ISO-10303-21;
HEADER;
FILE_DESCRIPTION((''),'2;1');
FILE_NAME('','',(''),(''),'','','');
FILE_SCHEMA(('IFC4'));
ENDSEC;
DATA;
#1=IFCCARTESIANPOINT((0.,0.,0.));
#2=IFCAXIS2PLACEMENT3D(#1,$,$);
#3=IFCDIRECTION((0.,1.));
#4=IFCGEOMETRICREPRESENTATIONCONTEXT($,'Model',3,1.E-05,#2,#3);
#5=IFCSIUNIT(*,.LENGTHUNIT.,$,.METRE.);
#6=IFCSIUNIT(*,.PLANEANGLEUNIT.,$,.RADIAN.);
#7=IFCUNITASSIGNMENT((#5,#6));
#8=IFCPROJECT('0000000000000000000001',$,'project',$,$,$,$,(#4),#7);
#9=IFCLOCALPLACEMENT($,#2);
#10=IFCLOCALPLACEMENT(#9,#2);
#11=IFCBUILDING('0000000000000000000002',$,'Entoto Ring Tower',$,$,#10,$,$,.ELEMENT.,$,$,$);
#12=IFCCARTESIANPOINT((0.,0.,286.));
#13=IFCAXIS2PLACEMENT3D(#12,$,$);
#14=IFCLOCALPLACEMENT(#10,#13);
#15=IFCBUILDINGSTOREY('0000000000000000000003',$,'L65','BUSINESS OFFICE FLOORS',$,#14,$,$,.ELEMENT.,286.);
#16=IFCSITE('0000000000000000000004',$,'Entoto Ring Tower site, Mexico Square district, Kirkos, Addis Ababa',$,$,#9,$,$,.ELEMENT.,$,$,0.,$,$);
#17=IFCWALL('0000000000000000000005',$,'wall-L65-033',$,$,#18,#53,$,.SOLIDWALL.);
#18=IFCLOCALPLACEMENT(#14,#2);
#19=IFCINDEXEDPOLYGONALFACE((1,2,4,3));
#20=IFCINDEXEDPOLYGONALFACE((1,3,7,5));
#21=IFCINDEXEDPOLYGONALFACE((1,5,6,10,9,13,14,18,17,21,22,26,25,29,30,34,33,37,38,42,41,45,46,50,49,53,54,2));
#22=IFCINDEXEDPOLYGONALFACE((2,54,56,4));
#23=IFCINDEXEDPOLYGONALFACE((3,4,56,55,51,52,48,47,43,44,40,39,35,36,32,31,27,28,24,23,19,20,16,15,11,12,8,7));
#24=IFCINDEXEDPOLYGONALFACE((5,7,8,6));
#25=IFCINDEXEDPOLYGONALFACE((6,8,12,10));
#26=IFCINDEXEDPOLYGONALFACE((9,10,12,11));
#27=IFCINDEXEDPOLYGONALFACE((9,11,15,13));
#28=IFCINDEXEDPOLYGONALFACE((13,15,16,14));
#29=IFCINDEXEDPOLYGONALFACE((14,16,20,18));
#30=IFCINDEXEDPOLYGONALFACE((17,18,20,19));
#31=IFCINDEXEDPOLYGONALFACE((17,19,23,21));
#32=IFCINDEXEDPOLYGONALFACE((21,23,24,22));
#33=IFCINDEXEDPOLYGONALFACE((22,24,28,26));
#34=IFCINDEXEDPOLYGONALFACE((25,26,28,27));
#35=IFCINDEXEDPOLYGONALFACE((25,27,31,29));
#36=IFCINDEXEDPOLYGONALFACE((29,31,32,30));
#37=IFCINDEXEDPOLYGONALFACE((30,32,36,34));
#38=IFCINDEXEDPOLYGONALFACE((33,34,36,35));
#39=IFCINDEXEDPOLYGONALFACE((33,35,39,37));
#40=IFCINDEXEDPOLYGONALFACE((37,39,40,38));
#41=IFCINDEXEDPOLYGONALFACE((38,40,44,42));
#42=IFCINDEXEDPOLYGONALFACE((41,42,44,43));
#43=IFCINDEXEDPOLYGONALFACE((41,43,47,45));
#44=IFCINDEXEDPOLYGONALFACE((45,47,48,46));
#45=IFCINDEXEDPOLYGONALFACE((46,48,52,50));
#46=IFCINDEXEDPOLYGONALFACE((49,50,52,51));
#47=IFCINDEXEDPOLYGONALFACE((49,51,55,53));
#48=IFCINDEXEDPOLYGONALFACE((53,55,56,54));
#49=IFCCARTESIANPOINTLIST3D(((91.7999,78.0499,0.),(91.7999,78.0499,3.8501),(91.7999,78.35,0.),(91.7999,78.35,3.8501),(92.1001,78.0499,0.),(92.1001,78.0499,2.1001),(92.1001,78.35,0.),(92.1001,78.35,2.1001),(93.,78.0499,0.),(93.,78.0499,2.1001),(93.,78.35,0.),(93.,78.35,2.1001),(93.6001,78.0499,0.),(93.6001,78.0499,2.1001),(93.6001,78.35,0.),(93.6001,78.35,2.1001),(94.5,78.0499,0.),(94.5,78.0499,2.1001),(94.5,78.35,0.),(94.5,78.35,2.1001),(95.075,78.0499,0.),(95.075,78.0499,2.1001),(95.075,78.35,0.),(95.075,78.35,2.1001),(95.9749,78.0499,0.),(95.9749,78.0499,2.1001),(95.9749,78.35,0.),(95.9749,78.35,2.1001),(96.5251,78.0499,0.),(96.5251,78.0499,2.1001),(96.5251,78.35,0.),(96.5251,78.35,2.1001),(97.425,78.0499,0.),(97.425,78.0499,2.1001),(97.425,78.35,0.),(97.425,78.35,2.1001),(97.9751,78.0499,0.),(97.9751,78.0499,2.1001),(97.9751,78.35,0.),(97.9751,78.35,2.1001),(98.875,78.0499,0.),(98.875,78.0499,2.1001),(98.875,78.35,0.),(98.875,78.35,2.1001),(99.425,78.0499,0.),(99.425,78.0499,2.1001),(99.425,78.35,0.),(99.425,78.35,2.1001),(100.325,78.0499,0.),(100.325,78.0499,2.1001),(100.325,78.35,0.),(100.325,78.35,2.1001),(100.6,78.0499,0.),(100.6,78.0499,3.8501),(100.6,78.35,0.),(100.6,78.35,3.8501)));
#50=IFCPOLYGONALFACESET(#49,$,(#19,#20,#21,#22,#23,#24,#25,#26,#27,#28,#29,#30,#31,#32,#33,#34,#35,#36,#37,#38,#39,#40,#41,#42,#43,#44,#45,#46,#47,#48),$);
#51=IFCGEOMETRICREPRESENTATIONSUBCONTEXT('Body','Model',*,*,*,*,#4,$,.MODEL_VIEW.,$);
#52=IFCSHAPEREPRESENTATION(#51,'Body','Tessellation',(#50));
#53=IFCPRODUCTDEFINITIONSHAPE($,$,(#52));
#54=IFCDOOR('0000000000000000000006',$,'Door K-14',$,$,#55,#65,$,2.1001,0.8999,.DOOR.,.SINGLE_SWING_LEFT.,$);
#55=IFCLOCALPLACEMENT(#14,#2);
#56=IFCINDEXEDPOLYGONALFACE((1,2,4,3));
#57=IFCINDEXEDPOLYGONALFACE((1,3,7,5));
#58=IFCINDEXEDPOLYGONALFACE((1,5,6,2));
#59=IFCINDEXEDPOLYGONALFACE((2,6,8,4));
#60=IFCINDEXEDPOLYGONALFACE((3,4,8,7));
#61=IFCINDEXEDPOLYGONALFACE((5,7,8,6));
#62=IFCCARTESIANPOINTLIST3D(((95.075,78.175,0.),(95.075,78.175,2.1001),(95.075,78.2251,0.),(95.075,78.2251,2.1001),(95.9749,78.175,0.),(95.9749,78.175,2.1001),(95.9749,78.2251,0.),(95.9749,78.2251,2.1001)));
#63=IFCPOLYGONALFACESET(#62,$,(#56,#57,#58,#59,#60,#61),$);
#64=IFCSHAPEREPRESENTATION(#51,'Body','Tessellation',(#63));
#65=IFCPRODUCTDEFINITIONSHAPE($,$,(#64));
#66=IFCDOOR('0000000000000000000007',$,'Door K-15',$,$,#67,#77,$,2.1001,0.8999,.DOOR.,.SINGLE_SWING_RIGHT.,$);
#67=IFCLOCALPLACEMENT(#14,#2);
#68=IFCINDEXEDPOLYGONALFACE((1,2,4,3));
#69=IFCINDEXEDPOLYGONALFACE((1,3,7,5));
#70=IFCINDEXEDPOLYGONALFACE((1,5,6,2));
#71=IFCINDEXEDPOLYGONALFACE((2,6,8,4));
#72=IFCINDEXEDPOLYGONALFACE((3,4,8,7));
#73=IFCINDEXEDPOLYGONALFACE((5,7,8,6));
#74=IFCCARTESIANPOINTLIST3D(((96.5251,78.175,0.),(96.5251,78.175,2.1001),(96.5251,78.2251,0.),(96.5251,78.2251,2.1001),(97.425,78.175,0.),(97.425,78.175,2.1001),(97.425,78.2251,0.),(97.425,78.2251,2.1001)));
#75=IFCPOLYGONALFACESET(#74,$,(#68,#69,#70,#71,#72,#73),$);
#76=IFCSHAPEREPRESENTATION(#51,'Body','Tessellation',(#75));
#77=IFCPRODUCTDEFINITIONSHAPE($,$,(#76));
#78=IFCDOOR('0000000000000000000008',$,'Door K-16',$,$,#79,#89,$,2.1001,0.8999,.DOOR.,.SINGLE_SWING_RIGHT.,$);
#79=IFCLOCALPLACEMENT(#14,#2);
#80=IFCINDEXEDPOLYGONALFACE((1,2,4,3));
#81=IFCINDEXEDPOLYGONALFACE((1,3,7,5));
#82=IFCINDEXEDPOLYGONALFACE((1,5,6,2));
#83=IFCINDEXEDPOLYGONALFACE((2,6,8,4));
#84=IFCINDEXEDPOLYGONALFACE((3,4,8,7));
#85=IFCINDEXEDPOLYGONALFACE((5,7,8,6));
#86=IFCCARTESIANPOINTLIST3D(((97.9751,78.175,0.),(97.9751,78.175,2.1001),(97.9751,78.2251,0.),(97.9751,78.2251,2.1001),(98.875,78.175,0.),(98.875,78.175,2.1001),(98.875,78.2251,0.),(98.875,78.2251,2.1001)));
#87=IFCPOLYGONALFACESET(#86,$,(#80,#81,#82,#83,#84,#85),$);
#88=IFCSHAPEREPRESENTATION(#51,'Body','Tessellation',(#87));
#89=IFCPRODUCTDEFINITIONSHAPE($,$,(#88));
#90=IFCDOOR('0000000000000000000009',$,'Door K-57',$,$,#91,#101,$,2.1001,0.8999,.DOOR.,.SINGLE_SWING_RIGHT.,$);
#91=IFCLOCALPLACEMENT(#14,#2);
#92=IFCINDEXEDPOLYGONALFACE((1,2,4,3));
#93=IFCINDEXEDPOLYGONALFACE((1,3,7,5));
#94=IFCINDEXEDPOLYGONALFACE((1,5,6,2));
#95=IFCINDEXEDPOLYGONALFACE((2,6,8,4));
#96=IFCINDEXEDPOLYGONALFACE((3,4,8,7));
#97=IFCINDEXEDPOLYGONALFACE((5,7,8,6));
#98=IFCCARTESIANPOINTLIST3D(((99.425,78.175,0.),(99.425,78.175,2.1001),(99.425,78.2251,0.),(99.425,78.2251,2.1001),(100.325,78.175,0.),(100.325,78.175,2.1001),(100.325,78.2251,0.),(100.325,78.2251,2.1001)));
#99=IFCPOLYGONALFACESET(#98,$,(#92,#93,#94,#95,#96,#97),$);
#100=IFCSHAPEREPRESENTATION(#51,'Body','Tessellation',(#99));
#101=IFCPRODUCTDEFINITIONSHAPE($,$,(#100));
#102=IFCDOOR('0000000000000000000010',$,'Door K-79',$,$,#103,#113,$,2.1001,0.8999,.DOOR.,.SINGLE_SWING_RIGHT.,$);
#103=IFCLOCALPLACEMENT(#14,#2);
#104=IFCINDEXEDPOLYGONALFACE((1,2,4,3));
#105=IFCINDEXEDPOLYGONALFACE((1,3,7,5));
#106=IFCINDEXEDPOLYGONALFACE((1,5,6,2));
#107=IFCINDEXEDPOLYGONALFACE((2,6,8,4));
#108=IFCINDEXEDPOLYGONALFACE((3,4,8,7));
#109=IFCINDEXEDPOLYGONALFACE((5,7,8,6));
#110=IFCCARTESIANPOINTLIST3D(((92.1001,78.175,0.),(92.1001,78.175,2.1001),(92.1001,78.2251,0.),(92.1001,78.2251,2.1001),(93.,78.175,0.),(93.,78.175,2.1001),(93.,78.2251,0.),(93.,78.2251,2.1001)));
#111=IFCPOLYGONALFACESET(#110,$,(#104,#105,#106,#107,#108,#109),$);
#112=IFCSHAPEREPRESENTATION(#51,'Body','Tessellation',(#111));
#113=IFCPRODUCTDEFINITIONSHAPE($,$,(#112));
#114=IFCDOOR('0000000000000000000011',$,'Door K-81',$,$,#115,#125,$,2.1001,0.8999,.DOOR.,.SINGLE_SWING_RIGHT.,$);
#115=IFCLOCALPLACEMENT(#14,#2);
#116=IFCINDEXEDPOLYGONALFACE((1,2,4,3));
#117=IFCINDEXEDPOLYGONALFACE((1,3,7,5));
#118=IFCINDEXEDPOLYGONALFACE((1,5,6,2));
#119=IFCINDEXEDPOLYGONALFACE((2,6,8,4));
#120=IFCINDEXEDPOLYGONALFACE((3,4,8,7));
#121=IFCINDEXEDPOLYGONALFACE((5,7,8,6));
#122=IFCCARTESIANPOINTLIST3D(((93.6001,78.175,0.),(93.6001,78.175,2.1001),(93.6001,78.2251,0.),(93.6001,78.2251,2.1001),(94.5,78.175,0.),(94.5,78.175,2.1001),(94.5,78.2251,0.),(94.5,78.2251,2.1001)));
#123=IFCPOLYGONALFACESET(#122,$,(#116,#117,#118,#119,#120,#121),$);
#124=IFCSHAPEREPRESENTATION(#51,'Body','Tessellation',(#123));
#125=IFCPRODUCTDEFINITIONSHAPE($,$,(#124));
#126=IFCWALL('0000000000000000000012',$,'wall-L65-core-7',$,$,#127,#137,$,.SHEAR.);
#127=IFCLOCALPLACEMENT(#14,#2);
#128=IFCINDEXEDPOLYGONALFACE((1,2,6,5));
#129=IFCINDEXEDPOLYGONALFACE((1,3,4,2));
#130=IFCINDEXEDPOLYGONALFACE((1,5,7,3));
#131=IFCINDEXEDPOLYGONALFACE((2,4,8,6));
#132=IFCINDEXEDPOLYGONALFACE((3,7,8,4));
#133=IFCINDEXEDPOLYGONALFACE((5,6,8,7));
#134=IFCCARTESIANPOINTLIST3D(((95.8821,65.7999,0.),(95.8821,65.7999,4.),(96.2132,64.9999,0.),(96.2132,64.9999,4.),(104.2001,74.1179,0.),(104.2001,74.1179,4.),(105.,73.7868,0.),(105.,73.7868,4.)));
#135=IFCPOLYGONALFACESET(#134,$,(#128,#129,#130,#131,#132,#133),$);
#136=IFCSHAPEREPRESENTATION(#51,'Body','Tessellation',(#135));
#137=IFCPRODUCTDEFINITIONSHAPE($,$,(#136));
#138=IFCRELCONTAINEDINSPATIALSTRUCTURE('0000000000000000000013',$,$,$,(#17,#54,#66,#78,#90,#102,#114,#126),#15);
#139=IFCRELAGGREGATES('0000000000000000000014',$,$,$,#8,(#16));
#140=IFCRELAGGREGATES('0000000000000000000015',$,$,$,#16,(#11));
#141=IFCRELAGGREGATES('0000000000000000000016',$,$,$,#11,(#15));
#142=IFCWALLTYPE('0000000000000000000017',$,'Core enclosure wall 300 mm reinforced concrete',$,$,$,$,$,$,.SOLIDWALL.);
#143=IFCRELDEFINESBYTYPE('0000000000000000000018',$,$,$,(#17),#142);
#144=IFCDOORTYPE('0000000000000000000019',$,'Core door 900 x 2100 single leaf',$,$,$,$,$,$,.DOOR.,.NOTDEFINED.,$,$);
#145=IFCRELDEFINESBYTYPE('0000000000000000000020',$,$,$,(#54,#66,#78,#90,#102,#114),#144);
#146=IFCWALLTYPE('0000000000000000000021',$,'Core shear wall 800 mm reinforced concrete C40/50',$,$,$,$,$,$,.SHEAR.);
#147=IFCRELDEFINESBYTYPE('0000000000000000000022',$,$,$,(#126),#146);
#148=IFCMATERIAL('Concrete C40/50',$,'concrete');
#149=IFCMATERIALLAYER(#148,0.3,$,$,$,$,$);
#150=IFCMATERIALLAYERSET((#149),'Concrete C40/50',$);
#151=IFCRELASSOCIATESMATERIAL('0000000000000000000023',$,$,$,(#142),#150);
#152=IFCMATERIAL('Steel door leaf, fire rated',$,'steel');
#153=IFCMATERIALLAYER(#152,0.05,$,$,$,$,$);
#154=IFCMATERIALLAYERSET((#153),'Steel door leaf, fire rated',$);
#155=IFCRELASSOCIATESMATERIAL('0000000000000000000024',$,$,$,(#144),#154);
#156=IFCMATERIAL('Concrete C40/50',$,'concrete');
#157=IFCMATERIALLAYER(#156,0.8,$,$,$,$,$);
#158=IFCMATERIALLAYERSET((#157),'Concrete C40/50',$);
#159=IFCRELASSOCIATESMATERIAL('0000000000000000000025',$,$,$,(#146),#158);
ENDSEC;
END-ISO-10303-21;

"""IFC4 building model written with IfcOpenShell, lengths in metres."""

from ifc_helpers import new_model, si_unit, direction, frame, frame_2d, origin, place, context, subcontext, project, spatial, polyline, rectangle, outline, extrude, material, layer, layer_set, type_object, element, fill, save


model = new_model("IFC4")

# Units and contexts
model_context = context("Model", 3, precision=1e-05, world=origin(), true_north=direction((0.0, 1.0)))
body_context = subcontext(model_context, "Body", "Model", "MODEL_VIEW")
ifc_project = project(units=[si_unit("LENGTHUNIT", "METRE"), si_unit("PLANEANGLEUNIT", "RADIAN")], contexts=[model_context])

# Site, building, storey
site_placement = place(None, origin())
site = spatial("IfcSite", under=ifc_project, at=site_placement, Name="Entoto Ring Tower site, Mexico Square district, Kirkos, Addis Ababa", CompositionType="ELEMENT", RefElevation=0.0)
building_placement = place(site_placement, origin())
building = spatial("IfcBuilding", under=site, at=building_placement, Name="Entoto Ring Tower", CompositionType="ELEMENT")
storey_placement = place(building_placement, frame((0.0, 0.0, 286.0)))
storey = spatial("IfcBuildingStorey", under=building, at=storey_placement, Name="L65", Description="BUSINESS OFFICE FLOORS", CompositionType="ELEMENT", Elevation=286.0)

# Shared definitions
ifc_material_1 = material(Name="Concrete C40/50", Category="concrete")
ifc_layer_1 = layer(ifc_material_1, 0.3)
ifc_layer_set_1 = layer_set([ifc_layer_1], Name="Concrete C40/50")
wall_type_1 = type_object("IfcWallType", Name="Core enclosure wall 300 mm reinforced concrete", PredefinedType="SOLIDWALL", material=ifc_layer_set_1)

# Shared definitions
ifc_material_2 = material(Name="Steel door leaf, fire rated", Category="steel")
ifc_layer_2 = layer(ifc_material_2, 0.05)
ifc_layer_set_2 = layer_set([ifc_layer_2], Name="Steel door leaf, fire rated")
door_type_1 = type_object("IfcDoorType", Name="Core door 900 x 2100 single leaf", OperationType="NOTDEFINED", PredefinedType="DOOR", material=ifc_layer_set_2)

# Wall, openings, doors
wall_1_placement = place(storey_placement, frame((91.8, 78.2, 0.0), z_axis=(0.0, 0.0, 1.0), x_axis=(1.0, 0.0, 0.0)))
wall_1 = element("IfcWall", 1, at=wall_1_placement, inside=storey, type_object=wall_type_1, Name="wall-L65-033", PredefinedType="SOLIDWALL", context=body_context, shape_type="SweptSolid", body=[
    extrude(rectangle(XDim=8.8, YDim=0.3, at=frame_2d((4.3999, 0.0))), origin(), (0.0, 0.0, 1.0), 3.8501),
])
opening_1_placement = place(wall_1_placement, frame((3.2749, 0.0, 0.0)))
opening_1 = element("IfcOpeningElement", 2, at=opening_1_placement, cuts=wall_1, PredefinedType="OPENING", context=body_context, shape_type="SweptSolid", body=[
    extrude(rectangle(XDim=0.8999, YDim=2.1001, at=frame_2d((0.45, 1.05))), frame((0.0, 0.1602, 0.0), z_axis=(0.0, -1.0, 0.0), x_axis=(1.0, 0.0, 0.0)), (0.0, 0.0, 1.0), 0.3201),
])
opening_2_placement = place(wall_1_placement, frame((4.7251, 0.0, 0.0)))
opening_2 = element("IfcOpeningElement", 3, at=opening_2_placement, cuts=wall_1, PredefinedType="OPENING", context=body_context, shape_type="SweptSolid", body=[
    extrude(rectangle(XDim=0.8999, YDim=2.1001, at=frame_2d((0.45, 1.05))), frame((0.0, 0.1602, 0.0), z_axis=(0.0, -1.0, 0.0), x_axis=(1.0, 0.0, 0.0)), (0.0, 0.0, 1.0), 0.3201),
])
opening_3_placement = place(wall_1_placement, frame((6.175, 0.0, 0.0)))
opening_3 = element("IfcOpeningElement", 4, at=opening_3_placement, cuts=wall_1, PredefinedType="OPENING", context=body_context, shape_type="SweptSolid", body=[
    extrude(rectangle(XDim=0.8999, YDim=2.1001, at=frame_2d((0.45, 1.05))), frame((0.0, 0.1602, 0.0), z_axis=(0.0, -1.0, 0.0), x_axis=(1.0, 0.0, 0.0)), (0.0, 0.0, 1.0), 0.3201),
])
opening_4_placement = place(wall_1_placement, frame((7.625, 0.0, 0.0)))
opening_4 = element("IfcOpeningElement", 5, at=opening_4_placement, cuts=wall_1, PredefinedType="OPENING", context=body_context, shape_type="SweptSolid", body=[
    extrude(rectangle(XDim=0.8999, YDim=2.1001, at=frame_2d((0.45, 1.05))), frame((0.0, 0.1602, 0.0), z_axis=(0.0, -1.0, 0.0), x_axis=(1.0, 0.0, 0.0)), (0.0, 0.0, 1.0), 0.3201),
])
opening_5_placement = place(wall_1_placement, frame((0.3, 0.0, 0.0)))
opening_5 = element("IfcOpeningElement", 6, at=opening_5_placement, cuts=wall_1, PredefinedType="OPENING", context=body_context, shape_type="SweptSolid", body=[
    extrude(rectangle(XDim=0.8999, YDim=2.1001, at=frame_2d((0.45, 1.05))), frame((0.0, 0.1602, 0.0), z_axis=(0.0, -1.0, 0.0), x_axis=(1.0, 0.0, 0.0)), (0.0, 0.0, 1.0), 0.3201),
])
opening_6_placement = place(wall_1_placement, frame((1.8, 0.0, 0.0)))
opening_6 = element("IfcOpeningElement", 7, at=opening_6_placement, cuts=wall_1, PredefinedType="OPENING", context=body_context, shape_type="SweptSolid", body=[
    extrude(rectangle(XDim=0.8999, YDim=2.1001, at=frame_2d((0.45, 1.05))), frame((0.0, 0.1602, 0.0), z_axis=(0.0, -1.0, 0.0), x_axis=(1.0, 0.0, 0.0)), (0.0, 0.0, 1.0), 0.3201),
])
door_1_placement = place(opening_1_placement, frame((0.8999, 0.0, 0.0), z_axis=(0.0, 0.0, 1.0), x_axis=(-1.0, 0.0, 0.0)))
door_1 = element("IfcDoor", 8, at=door_1_placement, inside=storey, type_object=door_type_1, Name="Door K-14", OperationType="SINGLE_SWING_LEFT", OverallHeight=2.1001, OverallWidth=0.8999, PredefinedType="DOOR", context=body_context, shape_type="SweptSolid", body=[
    extrude(rectangle(XDim=0.8999, YDim=2.1001, at=frame_2d((0.45, 1.05))), frame((0.0, 0.0249, 0.0), z_axis=(0.0, -1.0, 0.0), x_axis=(1.0, 0.0, 0.0)), (0.0, 0.0, 1.0), 0.05),
])
fill(opening_1, door_1)
door_2_placement = place(opening_2_placement, frame((0.8999, 0.0, 0.0), z_axis=(0.0, 0.0, 1.0), x_axis=(-1.0, 0.0, 0.0)))
door_2 = element("IfcDoor", 9, at=door_2_placement, inside=storey, type_object=door_type_1, Name="Door K-15", OperationType="SINGLE_SWING_RIGHT", OverallHeight=2.1001, OverallWidth=0.8999, PredefinedType="DOOR", context=body_context, shape_type="SweptSolid", body=[
    extrude(rectangle(XDim=0.8999, YDim=2.1001, at=frame_2d((0.45, 1.05))), frame((0.0, 0.0249, 0.0), z_axis=(0.0, -1.0, 0.0), x_axis=(1.0, 0.0, 0.0)), (0.0, 0.0, 1.0), 0.05),
])
fill(opening_2, door_2)
door_3_placement = place(opening_3_placement, frame((0.8999, 0.0, 0.0), z_axis=(0.0, 0.0, 1.0), x_axis=(-1.0, 0.0, 0.0)))
door_3 = element("IfcDoor", 10, at=door_3_placement, inside=storey, type_object=door_type_1, Name="Door K-16", OperationType="SINGLE_SWING_RIGHT", OverallHeight=2.1001, OverallWidth=0.8999, PredefinedType="DOOR", context=body_context, shape_type="SweptSolid", body=[
    extrude(rectangle(XDim=0.8999, YDim=2.1001, at=frame_2d((0.45, 1.05))), frame((0.0, 0.0249, 0.0), z_axis=(0.0, -1.0, 0.0), x_axis=(1.0, 0.0, 0.0)), (0.0, 0.0, 1.0), 0.05),
])
fill(opening_3, door_3)
door_4_placement = place(opening_4_placement, frame((0.8999, 0.0, 0.0), z_axis=(0.0, 0.0, 1.0), x_axis=(-1.0, 0.0, 0.0)))
door_4 = element("IfcDoor", 11, at=door_4_placement, inside=storey, type_object=door_type_1, Name="Door K-57", OperationType="SINGLE_SWING_RIGHT", OverallHeight=2.1001, OverallWidth=0.8999, PredefinedType="DOOR", context=body_context, shape_type="SweptSolid", body=[
    extrude(rectangle(XDim=0.8999, YDim=2.1001, at=frame_2d((0.45, 1.05))), frame((0.0, 0.0249, 0.0), z_axis=(0.0, -1.0, 0.0), x_axis=(1.0, 0.0, 0.0)), (0.0, 0.0, 1.0), 0.05),
])
fill(opening_4, door_4)
door_5_placement = place(opening_5_placement, frame((0.8999, 0.0, 0.0), z_axis=(0.0, 0.0, 1.0), x_axis=(-1.0, 0.0, 0.0)))
door_5 = element("IfcDoor", 12, at=door_5_placement, inside=storey, type_object=door_type_1, Name="Door K-79", OperationType="SINGLE_SWING_RIGHT", OverallHeight=2.1001, OverallWidth=0.8999, PredefinedType="DOOR", context=body_context, shape_type="SweptSolid", body=[
    extrude(rectangle(XDim=0.8999, YDim=2.1001, at=frame_2d((0.45, 1.05))), frame((0.0, 0.0249, 0.0), z_axis=(0.0, -1.0, 0.0), x_axis=(1.0, 0.0, 0.0)), (0.0, 0.0, 1.0), 0.05),
])
fill(opening_5, door_5)
door_6_placement = place(opening_6_placement, frame((0.8999, 0.0, 0.0), z_axis=(0.0, 0.0, 1.0), x_axis=(-1.0, 0.0, 0.0)))
door_6 = element("IfcDoor", 13, at=door_6_placement, inside=storey, type_object=door_type_1, Name="Door K-81", OperationType="SINGLE_SWING_RIGHT", OverallHeight=2.1001, OverallWidth=0.8999, PredefinedType="DOOR", context=body_context, shape_type="SweptSolid", body=[
    extrude(rectangle(XDim=0.8999, YDim=2.1001, at=frame_2d((0.45, 1.05))), frame((0.0, 0.0249, 0.0), z_axis=(0.0, -1.0, 0.0), x_axis=(1.0, 0.0, 0.0)), (0.0, 0.0, 1.0), 0.05),
])
fill(opening_6, door_6)

# Wall
ifc_material_3 = material(Name="Concrete C40/50", Category="concrete")
ifc_layer_3 = layer(ifc_material_3, 0.8)
ifc_layer_set_3 = layer_set([ifc_layer_3], Name="Concrete C40/50")
wall_type_2 = type_object("IfcWallType", Name="Core shear wall 800 mm reinforced concrete C40/50", PredefinedType="SHEAR", material=ifc_layer_set_3)
wall_2_placement = place(storey_placement, frame((96.0476, 65.3999, 0.0), z_axis=(0.0, 0.0, 1.0), x_axis=(0.707107, 0.707107, 0.0)))
element("IfcWall", 14, at=wall_2_placement, inside=storey, type_object=wall_type_2, Name="wall-L65-core-7", PredefinedType="SHEAR", context=body_context, shape_type="SweptSolid", body=[
    extrude(outline(polyline([(-0.1658, -0.3999), (12.2607, -0.3999), (11.9292, 0.3999), (0.1658, 0.3999), (-0.1658, -0.3999)])), origin(), (0.0, 0.0, 1.0), 4.0),
])

save(model, "model.ifc")
